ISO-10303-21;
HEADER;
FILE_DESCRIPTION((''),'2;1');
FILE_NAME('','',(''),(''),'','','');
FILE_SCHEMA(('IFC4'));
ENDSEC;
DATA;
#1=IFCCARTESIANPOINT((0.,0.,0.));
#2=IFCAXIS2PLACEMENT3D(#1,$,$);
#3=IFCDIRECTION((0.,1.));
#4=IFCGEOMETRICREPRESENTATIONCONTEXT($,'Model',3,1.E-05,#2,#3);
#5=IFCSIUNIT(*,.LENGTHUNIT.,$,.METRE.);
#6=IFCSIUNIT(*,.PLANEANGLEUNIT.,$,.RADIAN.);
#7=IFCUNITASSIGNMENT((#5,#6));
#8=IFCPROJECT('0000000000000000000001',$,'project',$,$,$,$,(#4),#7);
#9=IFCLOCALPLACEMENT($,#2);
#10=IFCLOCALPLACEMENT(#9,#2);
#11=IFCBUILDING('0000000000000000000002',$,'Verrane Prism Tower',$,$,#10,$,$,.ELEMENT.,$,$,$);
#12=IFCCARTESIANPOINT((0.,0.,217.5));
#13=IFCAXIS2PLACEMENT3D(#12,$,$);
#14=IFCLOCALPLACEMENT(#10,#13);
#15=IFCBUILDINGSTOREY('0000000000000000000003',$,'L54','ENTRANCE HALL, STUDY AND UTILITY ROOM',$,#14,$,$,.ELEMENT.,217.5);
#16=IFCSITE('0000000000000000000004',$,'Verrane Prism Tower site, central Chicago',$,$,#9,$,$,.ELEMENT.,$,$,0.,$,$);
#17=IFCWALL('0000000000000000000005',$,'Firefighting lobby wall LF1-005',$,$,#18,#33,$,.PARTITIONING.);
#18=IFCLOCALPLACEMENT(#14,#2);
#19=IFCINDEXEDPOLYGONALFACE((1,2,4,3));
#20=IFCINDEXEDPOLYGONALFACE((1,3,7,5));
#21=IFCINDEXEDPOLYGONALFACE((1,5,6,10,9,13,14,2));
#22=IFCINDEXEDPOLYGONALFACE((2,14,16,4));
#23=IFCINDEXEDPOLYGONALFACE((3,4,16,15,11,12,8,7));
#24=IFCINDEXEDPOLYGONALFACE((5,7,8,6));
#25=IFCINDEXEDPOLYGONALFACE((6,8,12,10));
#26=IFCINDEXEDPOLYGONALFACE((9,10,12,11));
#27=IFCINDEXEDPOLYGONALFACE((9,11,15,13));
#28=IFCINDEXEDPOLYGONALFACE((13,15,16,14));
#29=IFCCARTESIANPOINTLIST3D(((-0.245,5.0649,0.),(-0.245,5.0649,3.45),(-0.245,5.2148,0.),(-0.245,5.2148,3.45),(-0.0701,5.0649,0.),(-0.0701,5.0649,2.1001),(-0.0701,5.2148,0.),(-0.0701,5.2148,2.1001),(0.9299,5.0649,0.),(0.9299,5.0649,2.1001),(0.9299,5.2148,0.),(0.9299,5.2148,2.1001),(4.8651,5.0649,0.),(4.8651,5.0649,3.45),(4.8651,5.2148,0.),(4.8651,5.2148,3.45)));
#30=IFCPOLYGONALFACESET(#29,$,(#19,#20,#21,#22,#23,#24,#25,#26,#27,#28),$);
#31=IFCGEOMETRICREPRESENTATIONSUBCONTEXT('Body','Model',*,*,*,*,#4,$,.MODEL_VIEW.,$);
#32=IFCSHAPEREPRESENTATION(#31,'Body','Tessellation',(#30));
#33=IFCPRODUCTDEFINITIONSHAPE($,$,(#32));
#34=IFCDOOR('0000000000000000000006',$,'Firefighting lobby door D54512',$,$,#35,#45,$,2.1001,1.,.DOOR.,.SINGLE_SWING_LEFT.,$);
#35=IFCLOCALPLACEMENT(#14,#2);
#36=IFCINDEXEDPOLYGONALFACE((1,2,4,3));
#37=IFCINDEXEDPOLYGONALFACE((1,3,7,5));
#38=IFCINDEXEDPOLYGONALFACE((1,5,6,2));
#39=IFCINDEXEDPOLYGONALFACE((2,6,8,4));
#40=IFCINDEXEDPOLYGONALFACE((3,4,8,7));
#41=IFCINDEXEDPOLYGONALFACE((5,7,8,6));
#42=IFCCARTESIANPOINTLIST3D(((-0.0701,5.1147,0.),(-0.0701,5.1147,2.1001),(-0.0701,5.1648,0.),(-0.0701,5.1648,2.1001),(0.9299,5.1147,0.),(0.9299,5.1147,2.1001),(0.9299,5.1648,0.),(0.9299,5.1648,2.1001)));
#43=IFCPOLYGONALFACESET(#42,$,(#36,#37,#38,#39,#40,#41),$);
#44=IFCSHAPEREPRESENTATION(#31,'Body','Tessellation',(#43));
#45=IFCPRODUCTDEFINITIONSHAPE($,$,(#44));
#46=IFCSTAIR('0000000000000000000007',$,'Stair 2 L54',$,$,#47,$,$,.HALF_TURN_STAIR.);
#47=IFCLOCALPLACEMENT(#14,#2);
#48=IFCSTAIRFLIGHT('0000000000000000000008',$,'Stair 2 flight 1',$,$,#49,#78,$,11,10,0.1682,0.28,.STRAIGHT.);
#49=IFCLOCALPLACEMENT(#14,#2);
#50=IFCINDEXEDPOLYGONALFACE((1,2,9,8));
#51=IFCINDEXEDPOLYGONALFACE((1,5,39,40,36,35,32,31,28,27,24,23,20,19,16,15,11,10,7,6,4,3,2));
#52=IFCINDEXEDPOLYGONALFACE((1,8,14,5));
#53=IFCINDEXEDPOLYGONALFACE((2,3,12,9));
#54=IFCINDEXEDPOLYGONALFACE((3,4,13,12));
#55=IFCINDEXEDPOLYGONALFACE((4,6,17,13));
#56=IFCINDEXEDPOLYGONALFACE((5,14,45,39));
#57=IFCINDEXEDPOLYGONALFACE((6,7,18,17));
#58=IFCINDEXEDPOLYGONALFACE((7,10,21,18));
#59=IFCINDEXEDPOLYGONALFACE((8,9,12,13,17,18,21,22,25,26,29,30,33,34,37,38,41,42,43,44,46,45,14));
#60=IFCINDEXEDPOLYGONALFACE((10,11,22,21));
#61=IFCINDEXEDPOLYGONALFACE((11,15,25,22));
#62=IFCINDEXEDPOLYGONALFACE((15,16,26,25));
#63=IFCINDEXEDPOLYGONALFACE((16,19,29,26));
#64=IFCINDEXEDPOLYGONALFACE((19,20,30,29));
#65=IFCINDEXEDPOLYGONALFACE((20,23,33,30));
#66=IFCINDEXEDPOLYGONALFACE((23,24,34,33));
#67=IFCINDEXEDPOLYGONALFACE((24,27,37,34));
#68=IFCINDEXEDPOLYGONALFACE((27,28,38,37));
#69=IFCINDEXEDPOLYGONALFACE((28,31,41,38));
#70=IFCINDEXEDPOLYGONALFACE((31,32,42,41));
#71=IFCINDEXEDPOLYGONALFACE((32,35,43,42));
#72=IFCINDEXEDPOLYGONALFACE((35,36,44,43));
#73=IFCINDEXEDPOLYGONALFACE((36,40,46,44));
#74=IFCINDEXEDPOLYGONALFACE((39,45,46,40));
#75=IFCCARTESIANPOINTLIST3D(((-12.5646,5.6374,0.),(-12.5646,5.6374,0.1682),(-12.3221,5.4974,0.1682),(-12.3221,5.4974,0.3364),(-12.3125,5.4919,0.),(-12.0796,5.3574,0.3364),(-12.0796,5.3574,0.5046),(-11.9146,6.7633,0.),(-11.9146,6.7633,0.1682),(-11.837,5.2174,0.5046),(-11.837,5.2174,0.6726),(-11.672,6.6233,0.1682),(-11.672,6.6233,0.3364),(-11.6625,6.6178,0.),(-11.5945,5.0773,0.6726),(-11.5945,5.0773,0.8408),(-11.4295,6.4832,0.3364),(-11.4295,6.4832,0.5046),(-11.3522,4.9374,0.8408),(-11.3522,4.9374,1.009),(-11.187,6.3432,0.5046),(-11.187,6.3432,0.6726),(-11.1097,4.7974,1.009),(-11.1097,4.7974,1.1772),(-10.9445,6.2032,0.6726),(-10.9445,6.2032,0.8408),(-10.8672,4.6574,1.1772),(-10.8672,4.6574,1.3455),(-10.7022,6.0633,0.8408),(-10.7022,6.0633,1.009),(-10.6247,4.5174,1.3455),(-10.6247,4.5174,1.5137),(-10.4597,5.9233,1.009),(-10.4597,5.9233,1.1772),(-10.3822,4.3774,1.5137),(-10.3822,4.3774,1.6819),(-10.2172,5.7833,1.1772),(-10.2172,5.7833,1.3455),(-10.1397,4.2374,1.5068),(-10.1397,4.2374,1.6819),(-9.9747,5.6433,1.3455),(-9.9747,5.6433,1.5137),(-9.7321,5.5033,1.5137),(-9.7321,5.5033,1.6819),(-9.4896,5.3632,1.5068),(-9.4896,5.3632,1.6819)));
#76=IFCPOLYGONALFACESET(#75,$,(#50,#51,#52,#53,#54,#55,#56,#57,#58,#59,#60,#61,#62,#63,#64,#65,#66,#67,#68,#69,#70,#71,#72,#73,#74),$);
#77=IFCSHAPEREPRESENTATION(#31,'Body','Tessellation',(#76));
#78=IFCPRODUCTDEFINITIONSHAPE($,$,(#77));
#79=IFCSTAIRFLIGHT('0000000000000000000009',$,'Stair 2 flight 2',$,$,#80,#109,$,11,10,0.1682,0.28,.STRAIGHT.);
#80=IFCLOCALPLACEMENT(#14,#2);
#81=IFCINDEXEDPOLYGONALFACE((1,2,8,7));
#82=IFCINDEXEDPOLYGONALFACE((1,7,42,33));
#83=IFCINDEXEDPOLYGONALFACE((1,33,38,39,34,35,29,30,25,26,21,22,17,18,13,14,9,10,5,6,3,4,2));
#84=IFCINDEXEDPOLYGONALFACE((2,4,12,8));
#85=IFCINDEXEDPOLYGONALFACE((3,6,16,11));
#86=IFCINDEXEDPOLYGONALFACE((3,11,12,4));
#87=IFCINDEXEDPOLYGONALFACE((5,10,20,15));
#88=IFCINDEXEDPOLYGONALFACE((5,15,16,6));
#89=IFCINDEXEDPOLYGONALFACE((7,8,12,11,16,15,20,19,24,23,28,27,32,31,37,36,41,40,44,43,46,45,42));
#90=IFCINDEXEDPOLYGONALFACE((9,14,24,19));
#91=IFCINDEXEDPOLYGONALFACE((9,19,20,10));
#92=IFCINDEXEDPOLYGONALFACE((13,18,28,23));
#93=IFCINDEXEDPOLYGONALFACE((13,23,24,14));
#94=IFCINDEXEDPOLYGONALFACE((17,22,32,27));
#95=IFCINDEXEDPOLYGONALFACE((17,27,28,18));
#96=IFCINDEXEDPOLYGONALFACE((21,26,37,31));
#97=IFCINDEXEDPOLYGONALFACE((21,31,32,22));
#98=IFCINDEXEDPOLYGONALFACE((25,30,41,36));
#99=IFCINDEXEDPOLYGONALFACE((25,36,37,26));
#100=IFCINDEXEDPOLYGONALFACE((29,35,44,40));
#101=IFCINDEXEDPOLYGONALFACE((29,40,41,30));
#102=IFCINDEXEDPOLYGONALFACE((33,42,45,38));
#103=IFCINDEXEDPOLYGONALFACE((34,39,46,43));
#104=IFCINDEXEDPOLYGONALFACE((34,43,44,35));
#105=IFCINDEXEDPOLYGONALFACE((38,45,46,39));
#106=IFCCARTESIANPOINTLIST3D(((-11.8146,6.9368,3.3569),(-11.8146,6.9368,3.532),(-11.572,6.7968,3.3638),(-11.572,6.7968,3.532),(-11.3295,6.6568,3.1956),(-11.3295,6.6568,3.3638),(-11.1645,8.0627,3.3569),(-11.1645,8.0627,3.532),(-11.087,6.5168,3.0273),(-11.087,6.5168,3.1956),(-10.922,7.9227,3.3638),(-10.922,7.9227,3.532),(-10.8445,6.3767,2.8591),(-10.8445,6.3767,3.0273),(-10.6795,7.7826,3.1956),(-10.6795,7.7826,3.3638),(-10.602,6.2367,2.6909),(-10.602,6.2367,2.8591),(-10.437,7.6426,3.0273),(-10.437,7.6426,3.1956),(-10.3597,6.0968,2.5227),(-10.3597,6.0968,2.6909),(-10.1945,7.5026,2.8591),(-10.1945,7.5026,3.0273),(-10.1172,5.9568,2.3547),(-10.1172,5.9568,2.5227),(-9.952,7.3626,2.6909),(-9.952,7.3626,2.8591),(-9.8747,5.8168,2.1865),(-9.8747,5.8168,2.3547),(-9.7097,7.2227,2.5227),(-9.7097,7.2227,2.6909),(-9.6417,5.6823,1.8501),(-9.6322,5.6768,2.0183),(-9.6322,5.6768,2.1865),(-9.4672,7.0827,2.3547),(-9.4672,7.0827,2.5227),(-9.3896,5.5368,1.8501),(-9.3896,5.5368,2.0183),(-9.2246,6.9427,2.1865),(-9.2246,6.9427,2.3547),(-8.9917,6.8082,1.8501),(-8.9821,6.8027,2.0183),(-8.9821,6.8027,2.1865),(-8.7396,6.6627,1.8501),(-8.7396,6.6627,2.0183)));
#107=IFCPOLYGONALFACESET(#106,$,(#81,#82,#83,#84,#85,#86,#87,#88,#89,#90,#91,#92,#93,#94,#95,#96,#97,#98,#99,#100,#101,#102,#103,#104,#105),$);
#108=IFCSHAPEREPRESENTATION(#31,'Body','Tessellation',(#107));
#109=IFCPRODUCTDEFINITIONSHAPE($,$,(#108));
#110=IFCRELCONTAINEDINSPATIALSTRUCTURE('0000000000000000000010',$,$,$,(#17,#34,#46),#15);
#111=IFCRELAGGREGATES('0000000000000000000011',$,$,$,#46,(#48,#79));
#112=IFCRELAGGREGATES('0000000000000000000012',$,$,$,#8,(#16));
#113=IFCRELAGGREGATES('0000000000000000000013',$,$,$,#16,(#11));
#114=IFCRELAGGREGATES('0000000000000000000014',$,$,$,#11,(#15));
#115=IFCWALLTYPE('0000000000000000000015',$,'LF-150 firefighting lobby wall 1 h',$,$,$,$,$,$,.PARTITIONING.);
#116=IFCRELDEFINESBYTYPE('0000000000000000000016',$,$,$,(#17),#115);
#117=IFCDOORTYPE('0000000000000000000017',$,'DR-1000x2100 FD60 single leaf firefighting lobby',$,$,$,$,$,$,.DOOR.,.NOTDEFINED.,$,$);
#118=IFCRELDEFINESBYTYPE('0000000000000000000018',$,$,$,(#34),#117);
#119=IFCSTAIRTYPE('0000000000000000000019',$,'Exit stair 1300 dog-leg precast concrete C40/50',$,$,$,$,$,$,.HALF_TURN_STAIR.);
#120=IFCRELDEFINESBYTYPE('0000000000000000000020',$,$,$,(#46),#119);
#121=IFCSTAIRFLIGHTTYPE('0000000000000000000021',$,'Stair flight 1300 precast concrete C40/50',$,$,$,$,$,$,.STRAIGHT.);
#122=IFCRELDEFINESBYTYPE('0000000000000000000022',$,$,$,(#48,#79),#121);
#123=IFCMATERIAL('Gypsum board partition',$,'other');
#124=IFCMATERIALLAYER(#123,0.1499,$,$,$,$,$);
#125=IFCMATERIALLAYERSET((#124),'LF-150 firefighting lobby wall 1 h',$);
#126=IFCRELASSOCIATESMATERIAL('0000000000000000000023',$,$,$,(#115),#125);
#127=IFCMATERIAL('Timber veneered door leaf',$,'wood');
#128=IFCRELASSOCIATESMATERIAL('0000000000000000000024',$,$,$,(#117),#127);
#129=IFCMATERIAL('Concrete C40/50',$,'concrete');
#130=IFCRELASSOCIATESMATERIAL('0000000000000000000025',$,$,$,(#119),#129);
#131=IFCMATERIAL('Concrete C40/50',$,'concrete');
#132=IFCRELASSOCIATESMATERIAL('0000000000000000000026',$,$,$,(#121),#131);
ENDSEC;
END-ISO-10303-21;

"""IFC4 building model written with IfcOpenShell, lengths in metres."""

from ifc_helpers import new_model, si_unit, direction, frame, frame_2d, origin, place, context, subcontext, project, spatial, polyline, rectangle, outline, extrude, material, layer, layer_set, type_object, element, fill, aggregate, save


model = new_model("IFC4")

# Units and contexts
model_context = context("Model", 3, precision=1e-05, world=origin(), true_north=direction((0.0, 1.0)))
body_context = subcontext(model_context, "Body", "Model", "MODEL_VIEW")
ifc_project = project(units=[si_unit("LENGTHUNIT", "METRE"), si_unit("PLANEANGLEUNIT", "RADIAN")], contexts=[model_context])

# Site, building, storey
site_placement = place(None, origin())
site = spatial("IfcSite", under=ifc_project, at=site_placement, Name="Verrane Prism Tower site, central Chicago", CompositionType="ELEMENT", RefElevation=0.0)
building_placement = place(site_placement, origin())
building = spatial("IfcBuilding", under=site, at=building_placement, Name="Verrane Prism Tower", CompositionType="ELEMENT")
storey_placement = place(building_placement, frame((0.0, 0.0, 217.5)))
storey = spatial("IfcBuildingStorey", under=building, at=storey_placement, Name="L54", Description="ENTRANCE HALL, STUDY AND UTILITY ROOM", CompositionType="ELEMENT", Elevation=217.5)

# Shared definitions
ifc_material_1 = material(Name="Gypsum board partition", Category="other")
ifc_layer_1 = layer(ifc_material_1, 0.1499)
ifc_layer_set_1 = layer_set([ifc_layer_1], Name="LF-150 firefighting lobby wall 1 h")
wall_type_1 = type_object("IfcWallType", Name="LF-150 firefighting lobby wall 1 h", PredefinedType="PARTITIONING", material=ifc_layer_set_1)

# Shared definitions
ifc_material_2 = material(Name="Timber veneered door leaf", Category="wood")
door_type_1 = type_object("IfcDoorType", Name="DR-1000x2100 FD60 single leaf firefighting lobby", OperationType="NOTDEFINED", PredefinedType="DOOR", material=ifc_material_2)

# Wall, opening, door
wall_1_placement = place(storey_placement, frame((-0.2451, 5.1399, 0.0), z_axis=(0.0, 0.0, 1.0), x_axis=(1.0, 0.0, 0.0)))
wall_1 = element("IfcWall", 1, at=wall_1_placement, inside=storey, type_object=wall_type_1, Name="Firefighting lobby wall LF1-005", PredefinedType="PARTITIONING", context=body_context, shape_type="SweptSolid", body=[
    extrude(rectangle(XDim=5.1101, YDim=0.1499, at=frame_2d((2.5552, 0.0))), origin(), (0.0, 0.0, 1.0), 3.45),
])
opening_1_placement = place(wall_1_placement, frame((0.175, 0.0, 0.0)))
opening_1 = element("IfcOpeningElement", 2, at=opening_1_placement, cuts=wall_1, PredefinedType="OPENING", context=body_context, shape_type="SweptSolid", body=[
    extrude(rectangle(XDim=1.0, YDim=2.1001, at=frame_2d((0.5, 1.05))), frame((0.0, 0.085, 0.0), z_axis=(0.0, -1.0, 0.0), x_axis=(1.0, 0.0, 0.0)), (0.0, 0.0, 1.0), 0.1699),
])
door_1_placement = place(opening_1_placement, origin())
door_1 = element("IfcDoor", 3, at=door_1_placement, inside=storey, type_object=door_type_1, Name="Firefighting lobby door D54512", OperationType="SINGLE_SWING_LEFT", OverallHeight=2.1001, OverallWidth=1.0, PredefinedType="DOOR", context=body_context, shape_type="SweptSolid", body=[
    extrude(rectangle(XDim=1.0, YDim=2.1001, at=frame_2d((0.5, 1.05))), frame((0.0, 0.0249, 0.0), z_axis=(0.0, -1.0, 0.0), x_axis=(1.0, 0.0, 0.0)), (0.0, 0.0, 1.0), 0.05),
])
fill(opening_1, door_1)

# Stair, stair flights
ifc_material_3 = material(Name="Concrete C40/50", Category="concrete")
stair_type = type_object("IfcStairType", Name="Exit stair 1300 dog-leg precast concrete C40/50", PredefinedType="HALF_TURN_STAIR", material=ifc_material_3)
stair_placement = place(storey_placement, origin())
stair = element("IfcStair", 4, at=stair_placement, inside=storey, type_object=stair_type, Name="Stair 2 L54", PredefinedType="HALF_TURN_STAIR")
ifc_material_4 = material(Name="Concrete C40/50", Category="concrete")
stair_flight_type = type_object("IfcStairFlightType", Name="Stair flight 1300 precast concrete C40/50", PredefinedType="STRAIGHT", material=ifc_material_4)
stair_flight_1_placement = place(storey_placement, frame((-12.2395, 6.2004, 0.0), z_axis=(0.0, 0.0, 1.0), x_axis=(0.866025, -0.5, 0.0)))
stair_flight_1 = element("IfcStairFlight", 5, at=stair_flight_1_placement, type_object=stair_flight_type, Name="Stair 2 flight 1", NumberOfRisers=11, NumberOfTreads=10, PredefinedType="STRAIGHT", RiserHeight=0.1682, TreadLength=0.28, context=body_context, shape_type="SweptSolid", body=[
    extrude(outline(polyline([(0.0, 0.0), (0.0, 0.1682), (0.28, 0.1682), (0.28, 0.3364), (0.5601, 0.3364), (0.5601, 0.5046), (0.8401, 0.5046), (0.8401, 0.6726), (1.1201, 0.6726), (1.1201, 0.8408), (1.3999, 0.8408), (1.3999, 1.009), (1.6799, 1.009), (1.6799, 1.1772), (1.96, 1.1772), (1.96, 1.3455), (2.24, 1.3455), (2.24, 1.5137), (2.52, 1.5137), (2.52, 1.6819), (2.8, 1.6819), (2.8, 1.8501), (2.8, 1.5068), (0.291, 0.0), (0.0, 0.0)])), frame((0.0, 0.6499, 0.0), z_axis=(0.0, -1.0, 0.0), x_axis=(1.0, 0.0, 0.0)), (0.0, 0.0, 1.0), 1.3),
])
stair_flight_2_placement = place(storey_placement, frame((-9.0647, 6.0996, 1.8501), z_axis=(0.0, 0.0, 1.0), x_axis=(-0.866025, 0.5, 0.0)))
stair_flight_2 = element("IfcStairFlight", 6, at=stair_flight_2_placement, type_object=stair_flight_type, Name="Stair 2 flight 2", NumberOfRisers=11, NumberOfTreads=10, PredefinedType="STRAIGHT", RiserHeight=0.1682, TreadLength=0.28, context=body_context, shape_type="SweptSolid", body=[
    extrude(outline(polyline([(0.0, 0.0), (0.0, 0.1682), (0.28, 0.1682), (0.28, 0.3364), (0.5601, 0.3364), (0.5601, 0.5046), (0.8401, 0.5046), (0.8401, 0.6726), (1.1201, 0.6726), (1.1201, 0.8408), (1.3999, 0.8408), (1.3999, 1.009), (1.6799, 1.009), (1.6799, 1.1772), (1.96, 1.1772), (1.96, 1.3455), (2.24, 1.3455), (2.24, 1.5137), (2.52, 1.5137), (2.52, 1.6819), (2.8, 1.6819), (2.8, 1.8501), (2.8, 1.5068), (0.291, 0.0), (0.0, 0.0)])), frame((0.0, 0.6499, 0.0), z_axis=(0.0, -1.0, 0.0), x_axis=(1.0, 0.0, 0.0)), (0.0, 0.0, 1.0), 1.3),
])
aggregate(stair, [stair_flight_1, stair_flight_2])

save(model, "model.ifc")
